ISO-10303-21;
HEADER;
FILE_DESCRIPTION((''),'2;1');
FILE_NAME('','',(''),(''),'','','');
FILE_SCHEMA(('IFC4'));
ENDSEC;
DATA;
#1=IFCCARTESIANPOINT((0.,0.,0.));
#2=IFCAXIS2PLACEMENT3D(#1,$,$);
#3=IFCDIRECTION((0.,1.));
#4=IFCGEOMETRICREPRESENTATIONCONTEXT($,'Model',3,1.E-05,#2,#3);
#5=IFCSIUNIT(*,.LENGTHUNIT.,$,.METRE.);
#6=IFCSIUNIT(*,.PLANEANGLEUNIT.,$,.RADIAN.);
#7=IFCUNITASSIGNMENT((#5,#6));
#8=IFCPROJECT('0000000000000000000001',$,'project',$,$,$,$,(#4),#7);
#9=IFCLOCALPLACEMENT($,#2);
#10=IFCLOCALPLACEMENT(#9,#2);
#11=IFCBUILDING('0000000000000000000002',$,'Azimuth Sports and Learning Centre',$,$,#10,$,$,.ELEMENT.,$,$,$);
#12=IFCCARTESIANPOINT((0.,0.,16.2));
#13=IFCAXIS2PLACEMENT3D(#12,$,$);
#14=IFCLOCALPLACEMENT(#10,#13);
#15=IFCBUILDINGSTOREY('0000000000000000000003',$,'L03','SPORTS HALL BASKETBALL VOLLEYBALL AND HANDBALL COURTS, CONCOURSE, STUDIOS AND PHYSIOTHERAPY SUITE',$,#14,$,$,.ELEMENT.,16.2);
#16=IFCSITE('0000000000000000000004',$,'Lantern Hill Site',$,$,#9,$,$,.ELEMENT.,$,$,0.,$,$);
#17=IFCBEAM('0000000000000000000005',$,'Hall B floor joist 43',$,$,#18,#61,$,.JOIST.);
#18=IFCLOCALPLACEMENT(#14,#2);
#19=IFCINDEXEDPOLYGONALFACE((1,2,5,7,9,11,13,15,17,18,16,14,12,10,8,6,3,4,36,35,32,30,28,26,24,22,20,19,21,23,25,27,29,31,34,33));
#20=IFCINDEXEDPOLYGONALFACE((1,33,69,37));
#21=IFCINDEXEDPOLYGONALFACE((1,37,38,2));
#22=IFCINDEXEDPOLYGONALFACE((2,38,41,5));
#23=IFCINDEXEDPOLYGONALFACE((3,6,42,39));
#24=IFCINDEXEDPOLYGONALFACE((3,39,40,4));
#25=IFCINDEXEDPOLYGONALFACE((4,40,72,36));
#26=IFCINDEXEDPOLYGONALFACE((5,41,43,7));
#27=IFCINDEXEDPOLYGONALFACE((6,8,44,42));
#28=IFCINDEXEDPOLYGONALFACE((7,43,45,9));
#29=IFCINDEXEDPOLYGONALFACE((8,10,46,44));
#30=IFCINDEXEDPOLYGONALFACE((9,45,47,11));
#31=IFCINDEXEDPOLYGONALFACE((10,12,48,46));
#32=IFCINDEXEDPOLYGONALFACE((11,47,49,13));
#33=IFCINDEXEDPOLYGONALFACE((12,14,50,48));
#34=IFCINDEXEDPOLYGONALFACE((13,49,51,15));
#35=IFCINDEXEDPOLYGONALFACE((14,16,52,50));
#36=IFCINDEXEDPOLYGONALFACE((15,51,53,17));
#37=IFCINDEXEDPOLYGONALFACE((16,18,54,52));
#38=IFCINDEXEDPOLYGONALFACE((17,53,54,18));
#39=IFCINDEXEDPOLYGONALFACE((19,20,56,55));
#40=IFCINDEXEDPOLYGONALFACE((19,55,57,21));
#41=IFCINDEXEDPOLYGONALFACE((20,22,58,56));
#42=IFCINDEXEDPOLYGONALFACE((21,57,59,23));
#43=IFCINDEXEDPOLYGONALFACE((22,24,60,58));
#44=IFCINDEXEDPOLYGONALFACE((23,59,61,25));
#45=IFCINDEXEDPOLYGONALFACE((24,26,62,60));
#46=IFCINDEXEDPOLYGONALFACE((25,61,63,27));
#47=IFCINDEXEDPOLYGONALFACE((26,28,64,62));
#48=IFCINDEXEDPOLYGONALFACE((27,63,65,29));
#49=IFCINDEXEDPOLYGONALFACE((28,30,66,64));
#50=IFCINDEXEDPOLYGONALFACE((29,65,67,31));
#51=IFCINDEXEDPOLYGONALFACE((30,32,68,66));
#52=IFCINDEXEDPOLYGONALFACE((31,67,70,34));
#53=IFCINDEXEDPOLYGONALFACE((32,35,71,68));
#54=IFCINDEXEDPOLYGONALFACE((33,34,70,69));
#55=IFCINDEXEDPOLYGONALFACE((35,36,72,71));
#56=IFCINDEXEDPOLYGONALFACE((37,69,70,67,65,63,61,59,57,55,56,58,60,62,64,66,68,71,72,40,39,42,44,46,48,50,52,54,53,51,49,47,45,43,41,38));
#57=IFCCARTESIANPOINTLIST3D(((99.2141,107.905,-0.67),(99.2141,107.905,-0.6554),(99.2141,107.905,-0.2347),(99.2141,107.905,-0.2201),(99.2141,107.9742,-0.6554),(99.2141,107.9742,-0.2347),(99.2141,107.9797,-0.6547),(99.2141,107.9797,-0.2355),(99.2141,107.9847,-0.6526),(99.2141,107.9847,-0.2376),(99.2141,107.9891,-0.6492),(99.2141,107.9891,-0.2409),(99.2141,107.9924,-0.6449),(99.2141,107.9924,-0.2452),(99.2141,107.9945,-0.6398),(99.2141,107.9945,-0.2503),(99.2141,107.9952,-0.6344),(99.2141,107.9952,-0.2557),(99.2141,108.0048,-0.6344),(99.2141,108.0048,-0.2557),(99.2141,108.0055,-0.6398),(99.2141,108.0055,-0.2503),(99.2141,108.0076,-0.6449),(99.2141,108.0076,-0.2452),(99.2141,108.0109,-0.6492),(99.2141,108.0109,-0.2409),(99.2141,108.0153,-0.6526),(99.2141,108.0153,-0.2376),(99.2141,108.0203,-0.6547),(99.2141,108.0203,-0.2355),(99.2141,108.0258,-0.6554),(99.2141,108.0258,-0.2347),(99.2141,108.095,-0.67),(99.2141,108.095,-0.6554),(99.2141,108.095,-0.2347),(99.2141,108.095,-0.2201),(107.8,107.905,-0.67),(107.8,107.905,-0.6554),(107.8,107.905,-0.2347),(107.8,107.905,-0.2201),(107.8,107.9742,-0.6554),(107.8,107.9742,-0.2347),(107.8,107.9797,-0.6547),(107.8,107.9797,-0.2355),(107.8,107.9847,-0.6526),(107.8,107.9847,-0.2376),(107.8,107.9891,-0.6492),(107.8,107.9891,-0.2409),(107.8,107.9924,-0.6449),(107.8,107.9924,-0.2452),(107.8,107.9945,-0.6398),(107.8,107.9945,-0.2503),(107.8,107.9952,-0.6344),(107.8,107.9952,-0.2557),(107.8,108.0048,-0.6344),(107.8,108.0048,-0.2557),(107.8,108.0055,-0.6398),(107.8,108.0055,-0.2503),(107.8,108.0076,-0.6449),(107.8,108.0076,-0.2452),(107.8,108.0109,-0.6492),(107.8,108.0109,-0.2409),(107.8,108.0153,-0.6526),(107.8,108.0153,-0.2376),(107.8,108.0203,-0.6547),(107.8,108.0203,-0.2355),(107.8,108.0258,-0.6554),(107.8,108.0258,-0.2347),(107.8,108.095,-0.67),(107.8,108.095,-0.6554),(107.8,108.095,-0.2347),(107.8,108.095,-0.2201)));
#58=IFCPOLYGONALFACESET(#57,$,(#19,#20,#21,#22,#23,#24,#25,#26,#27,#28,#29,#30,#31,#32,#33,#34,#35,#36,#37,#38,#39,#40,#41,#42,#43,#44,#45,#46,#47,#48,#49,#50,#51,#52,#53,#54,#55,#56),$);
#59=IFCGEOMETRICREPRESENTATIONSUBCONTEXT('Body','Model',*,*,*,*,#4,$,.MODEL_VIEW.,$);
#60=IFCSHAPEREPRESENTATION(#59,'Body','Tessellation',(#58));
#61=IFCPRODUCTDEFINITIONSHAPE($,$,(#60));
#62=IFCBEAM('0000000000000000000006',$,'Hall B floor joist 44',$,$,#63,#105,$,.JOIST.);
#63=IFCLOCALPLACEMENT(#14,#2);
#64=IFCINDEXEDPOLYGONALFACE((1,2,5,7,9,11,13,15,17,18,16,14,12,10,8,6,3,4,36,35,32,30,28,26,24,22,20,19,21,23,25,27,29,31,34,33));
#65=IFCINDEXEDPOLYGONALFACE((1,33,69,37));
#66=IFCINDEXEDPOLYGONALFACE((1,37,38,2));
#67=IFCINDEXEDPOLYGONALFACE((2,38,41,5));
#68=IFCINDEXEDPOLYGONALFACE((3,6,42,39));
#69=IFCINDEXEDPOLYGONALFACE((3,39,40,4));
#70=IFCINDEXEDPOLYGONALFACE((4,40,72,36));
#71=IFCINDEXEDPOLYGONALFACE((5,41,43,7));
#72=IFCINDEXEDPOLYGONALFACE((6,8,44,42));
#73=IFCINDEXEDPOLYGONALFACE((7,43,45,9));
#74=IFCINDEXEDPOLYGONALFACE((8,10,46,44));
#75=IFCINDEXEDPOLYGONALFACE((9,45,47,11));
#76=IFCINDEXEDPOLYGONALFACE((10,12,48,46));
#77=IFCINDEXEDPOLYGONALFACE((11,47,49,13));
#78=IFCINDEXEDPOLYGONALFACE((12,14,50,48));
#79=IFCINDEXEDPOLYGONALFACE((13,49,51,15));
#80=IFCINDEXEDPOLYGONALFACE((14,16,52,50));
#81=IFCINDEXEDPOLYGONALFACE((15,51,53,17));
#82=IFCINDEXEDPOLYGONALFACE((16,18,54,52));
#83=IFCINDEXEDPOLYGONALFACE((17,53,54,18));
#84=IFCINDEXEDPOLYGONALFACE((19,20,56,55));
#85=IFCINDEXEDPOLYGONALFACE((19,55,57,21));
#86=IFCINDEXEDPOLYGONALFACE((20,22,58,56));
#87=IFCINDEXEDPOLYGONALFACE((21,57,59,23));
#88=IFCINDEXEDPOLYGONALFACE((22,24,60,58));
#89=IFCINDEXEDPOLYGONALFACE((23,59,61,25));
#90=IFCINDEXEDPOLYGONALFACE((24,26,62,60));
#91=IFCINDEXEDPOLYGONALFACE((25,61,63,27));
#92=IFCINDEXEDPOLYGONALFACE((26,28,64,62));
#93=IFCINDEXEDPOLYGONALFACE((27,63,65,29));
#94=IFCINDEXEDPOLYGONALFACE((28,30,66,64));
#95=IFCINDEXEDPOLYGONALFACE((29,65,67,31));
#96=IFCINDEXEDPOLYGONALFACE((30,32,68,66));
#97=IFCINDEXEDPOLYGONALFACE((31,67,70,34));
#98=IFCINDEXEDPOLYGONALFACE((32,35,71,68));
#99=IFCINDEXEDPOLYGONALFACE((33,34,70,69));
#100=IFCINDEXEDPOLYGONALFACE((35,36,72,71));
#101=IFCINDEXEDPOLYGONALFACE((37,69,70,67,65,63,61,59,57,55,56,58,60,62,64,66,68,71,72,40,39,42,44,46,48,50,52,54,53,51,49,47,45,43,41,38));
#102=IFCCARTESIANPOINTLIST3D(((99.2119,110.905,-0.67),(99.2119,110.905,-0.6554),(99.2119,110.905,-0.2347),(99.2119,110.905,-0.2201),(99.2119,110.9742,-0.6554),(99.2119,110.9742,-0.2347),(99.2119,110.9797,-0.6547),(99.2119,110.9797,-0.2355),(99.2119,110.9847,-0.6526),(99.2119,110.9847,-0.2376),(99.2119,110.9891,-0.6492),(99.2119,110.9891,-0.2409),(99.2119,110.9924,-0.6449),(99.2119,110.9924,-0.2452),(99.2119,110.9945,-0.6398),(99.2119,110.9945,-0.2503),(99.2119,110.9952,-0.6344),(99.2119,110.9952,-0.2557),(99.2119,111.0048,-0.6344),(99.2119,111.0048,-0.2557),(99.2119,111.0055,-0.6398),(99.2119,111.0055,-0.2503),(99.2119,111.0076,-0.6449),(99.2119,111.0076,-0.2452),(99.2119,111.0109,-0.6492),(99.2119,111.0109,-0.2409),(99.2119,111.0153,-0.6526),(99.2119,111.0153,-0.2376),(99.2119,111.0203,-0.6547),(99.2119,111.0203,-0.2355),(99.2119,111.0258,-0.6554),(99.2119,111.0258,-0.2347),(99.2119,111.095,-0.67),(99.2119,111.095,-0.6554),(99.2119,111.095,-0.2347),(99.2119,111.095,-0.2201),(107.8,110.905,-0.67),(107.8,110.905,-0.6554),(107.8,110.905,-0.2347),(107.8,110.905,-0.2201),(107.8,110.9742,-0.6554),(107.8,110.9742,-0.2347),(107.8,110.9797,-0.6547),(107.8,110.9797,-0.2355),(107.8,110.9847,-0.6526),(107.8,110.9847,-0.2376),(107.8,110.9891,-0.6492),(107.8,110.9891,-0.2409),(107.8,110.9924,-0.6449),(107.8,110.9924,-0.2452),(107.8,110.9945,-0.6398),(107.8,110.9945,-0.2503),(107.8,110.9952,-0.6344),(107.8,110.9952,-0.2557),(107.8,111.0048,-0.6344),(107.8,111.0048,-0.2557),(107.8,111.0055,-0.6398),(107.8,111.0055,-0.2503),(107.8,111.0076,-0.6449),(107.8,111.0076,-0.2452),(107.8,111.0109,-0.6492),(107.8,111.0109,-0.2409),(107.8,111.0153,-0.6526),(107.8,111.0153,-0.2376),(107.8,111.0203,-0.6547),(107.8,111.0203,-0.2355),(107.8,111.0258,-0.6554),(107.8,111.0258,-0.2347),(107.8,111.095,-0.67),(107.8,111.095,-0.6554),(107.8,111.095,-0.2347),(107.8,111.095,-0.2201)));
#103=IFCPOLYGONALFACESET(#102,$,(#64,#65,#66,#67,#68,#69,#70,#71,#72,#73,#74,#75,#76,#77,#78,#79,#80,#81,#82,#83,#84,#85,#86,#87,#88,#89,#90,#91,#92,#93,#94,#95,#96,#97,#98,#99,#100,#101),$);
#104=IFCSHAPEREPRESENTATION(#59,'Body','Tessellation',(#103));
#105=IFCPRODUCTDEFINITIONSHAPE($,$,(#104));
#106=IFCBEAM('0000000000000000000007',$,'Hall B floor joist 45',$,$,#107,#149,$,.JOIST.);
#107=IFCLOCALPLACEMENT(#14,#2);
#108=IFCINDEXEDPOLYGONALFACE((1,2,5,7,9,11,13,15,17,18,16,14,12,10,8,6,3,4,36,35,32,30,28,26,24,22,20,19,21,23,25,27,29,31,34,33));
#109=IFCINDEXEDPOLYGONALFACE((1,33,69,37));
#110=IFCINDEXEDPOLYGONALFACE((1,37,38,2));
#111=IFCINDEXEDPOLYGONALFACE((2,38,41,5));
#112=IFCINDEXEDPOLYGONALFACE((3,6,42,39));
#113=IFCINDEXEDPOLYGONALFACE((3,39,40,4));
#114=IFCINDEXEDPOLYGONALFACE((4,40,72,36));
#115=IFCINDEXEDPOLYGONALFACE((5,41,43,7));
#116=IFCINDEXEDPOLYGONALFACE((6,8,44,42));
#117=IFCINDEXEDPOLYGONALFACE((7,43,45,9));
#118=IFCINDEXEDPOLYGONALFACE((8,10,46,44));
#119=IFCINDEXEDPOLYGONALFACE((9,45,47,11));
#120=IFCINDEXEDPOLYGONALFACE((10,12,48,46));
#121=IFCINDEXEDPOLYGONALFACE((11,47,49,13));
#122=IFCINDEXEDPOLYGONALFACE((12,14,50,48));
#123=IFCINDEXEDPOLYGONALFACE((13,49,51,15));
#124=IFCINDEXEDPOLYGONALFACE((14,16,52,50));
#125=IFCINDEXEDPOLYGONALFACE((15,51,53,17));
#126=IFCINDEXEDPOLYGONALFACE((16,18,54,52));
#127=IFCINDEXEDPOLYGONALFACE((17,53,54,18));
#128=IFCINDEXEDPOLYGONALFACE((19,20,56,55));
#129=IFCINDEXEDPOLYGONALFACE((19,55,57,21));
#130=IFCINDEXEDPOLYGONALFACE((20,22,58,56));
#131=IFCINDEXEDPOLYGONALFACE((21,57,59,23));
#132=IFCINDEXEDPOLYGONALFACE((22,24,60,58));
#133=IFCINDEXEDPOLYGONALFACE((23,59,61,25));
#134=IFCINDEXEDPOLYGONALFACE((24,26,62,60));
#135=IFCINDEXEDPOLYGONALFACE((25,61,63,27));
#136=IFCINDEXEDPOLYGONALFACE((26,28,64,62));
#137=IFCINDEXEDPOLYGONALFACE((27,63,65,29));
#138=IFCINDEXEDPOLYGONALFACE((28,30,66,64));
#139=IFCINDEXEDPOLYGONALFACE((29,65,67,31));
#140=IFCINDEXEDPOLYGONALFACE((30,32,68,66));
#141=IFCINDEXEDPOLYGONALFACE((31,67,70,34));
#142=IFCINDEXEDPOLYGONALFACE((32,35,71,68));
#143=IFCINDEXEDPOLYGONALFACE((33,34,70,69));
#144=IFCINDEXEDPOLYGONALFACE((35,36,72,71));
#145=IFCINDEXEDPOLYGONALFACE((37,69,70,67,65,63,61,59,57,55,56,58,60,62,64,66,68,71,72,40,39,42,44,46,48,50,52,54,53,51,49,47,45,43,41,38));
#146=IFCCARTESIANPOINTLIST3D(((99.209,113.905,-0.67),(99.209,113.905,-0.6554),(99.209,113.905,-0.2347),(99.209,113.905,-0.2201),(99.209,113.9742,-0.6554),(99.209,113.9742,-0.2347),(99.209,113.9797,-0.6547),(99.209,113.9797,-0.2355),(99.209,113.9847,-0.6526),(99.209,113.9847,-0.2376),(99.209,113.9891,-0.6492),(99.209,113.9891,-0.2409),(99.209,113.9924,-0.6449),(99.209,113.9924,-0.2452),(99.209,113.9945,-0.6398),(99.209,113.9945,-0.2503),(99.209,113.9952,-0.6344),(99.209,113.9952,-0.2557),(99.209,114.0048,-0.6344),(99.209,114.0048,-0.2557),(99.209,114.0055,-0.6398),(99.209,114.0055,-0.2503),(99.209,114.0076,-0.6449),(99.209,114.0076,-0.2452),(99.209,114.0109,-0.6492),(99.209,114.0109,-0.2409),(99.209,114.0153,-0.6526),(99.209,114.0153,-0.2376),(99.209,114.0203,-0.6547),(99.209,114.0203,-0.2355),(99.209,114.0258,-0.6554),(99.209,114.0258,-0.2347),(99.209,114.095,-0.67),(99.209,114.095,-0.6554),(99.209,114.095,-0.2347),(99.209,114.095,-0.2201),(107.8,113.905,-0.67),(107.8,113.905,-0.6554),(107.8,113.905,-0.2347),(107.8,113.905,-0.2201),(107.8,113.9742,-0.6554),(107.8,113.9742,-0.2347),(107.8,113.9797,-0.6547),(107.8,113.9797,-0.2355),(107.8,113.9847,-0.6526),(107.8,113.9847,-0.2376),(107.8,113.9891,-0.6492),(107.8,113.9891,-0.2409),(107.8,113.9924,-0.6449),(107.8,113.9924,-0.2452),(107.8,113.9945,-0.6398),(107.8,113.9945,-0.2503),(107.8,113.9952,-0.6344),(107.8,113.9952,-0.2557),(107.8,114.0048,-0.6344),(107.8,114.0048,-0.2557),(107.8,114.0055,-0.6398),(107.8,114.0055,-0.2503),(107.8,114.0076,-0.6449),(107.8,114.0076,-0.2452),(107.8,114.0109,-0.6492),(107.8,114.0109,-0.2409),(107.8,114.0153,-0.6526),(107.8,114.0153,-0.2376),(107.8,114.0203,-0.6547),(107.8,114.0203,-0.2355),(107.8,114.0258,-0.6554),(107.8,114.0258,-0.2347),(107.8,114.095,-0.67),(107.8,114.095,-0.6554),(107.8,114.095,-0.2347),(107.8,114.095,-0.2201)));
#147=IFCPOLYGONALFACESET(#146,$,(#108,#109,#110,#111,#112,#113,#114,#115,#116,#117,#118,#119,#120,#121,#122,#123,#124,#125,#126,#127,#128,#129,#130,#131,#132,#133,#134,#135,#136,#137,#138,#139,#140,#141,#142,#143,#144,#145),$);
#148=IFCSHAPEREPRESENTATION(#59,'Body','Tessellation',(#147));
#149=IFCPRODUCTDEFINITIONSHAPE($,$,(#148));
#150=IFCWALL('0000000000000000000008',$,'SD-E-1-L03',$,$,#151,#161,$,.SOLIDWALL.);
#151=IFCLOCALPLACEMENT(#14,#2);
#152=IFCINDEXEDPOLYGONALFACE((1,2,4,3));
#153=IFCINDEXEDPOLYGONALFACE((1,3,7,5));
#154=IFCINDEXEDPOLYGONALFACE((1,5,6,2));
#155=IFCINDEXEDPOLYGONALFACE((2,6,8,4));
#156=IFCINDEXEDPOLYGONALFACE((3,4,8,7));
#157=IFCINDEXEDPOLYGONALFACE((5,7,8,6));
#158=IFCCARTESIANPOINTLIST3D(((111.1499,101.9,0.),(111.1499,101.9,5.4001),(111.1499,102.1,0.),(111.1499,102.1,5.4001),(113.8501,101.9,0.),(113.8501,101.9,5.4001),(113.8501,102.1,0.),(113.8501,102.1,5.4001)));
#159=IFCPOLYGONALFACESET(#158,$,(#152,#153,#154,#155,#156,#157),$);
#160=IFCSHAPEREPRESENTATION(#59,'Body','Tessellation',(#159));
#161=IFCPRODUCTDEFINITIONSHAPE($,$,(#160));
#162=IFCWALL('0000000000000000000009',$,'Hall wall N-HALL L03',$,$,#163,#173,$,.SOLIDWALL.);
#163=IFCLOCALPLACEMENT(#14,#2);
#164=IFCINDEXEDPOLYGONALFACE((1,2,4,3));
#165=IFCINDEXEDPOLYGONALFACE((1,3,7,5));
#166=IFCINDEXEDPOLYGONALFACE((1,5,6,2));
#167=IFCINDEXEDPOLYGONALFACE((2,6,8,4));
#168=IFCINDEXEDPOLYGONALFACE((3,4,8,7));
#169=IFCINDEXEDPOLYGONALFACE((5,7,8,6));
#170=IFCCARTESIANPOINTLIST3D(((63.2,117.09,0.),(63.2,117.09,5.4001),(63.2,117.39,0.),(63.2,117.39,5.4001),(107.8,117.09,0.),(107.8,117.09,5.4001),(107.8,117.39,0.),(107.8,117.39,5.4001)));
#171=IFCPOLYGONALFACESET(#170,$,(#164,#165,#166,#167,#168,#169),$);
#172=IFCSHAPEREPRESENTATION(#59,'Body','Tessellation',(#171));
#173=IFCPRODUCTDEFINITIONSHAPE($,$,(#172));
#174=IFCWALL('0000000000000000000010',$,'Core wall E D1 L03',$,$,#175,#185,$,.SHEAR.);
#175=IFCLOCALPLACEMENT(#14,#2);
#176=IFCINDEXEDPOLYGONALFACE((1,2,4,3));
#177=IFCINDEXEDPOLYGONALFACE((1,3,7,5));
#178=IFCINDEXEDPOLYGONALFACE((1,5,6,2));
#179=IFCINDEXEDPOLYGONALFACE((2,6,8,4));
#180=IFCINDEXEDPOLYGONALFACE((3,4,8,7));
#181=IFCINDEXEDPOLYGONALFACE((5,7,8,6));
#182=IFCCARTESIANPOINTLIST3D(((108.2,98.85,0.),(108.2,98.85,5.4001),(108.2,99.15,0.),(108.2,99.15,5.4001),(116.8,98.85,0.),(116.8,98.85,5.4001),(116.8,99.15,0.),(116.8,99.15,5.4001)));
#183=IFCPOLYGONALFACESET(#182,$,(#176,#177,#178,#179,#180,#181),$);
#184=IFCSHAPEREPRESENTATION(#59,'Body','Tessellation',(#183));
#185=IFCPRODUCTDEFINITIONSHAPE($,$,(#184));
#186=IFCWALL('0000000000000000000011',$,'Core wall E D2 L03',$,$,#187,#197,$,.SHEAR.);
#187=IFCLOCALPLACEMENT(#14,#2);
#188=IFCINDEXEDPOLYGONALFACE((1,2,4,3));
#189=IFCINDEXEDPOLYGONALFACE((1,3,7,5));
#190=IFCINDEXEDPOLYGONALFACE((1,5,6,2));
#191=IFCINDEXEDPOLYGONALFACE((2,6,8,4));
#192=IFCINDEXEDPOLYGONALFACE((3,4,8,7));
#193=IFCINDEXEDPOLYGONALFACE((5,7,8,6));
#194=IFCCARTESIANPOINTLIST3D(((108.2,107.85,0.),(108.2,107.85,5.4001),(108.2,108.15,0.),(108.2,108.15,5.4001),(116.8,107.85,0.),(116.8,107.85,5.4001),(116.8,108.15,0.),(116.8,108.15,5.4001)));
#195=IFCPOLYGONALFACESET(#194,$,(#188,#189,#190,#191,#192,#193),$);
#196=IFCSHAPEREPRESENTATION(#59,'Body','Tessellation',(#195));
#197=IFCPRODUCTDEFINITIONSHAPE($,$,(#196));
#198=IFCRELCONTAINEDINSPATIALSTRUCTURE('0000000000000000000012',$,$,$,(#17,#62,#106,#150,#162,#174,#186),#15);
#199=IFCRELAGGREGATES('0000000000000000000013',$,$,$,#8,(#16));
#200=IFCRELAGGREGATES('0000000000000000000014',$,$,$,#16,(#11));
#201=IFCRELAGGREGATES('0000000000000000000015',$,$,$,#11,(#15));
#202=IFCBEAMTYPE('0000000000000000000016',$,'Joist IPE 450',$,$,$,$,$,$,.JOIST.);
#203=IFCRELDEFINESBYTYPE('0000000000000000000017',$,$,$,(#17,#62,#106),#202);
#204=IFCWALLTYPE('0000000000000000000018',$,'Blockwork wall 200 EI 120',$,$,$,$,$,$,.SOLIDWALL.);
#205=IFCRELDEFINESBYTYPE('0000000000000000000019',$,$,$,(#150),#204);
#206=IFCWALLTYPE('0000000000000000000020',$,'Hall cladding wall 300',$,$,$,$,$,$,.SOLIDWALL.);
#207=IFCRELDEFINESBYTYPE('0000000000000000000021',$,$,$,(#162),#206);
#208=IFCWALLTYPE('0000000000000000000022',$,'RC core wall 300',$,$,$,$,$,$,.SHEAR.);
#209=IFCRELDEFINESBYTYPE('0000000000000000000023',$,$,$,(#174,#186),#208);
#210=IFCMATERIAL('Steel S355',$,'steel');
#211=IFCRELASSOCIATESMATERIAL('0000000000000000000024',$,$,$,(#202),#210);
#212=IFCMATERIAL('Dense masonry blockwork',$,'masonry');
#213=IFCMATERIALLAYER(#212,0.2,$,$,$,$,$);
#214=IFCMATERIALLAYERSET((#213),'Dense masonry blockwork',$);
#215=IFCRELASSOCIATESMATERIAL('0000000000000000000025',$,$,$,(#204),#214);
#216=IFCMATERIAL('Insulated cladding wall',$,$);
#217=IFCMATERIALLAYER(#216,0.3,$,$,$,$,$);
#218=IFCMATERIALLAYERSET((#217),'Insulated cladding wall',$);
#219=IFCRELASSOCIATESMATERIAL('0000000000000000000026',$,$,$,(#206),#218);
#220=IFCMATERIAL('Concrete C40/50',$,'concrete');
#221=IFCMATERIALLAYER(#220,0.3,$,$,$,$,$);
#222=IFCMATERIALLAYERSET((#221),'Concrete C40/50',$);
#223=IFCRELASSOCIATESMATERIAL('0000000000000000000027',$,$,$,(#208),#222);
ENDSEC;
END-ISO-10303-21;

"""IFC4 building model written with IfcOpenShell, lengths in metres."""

from ifc_helpers import new_model, si_unit, direction, frame, frame_2d, origin, origin_2d, place, context, subcontext, project, spatial, rectangle, i_section, extrude, material, layer, layer_set, material_profile, profile_set, type_object, element, save


model = new_model("IFC4")

# Units and contexts
model_context = context("Model", 3, precision=1e-05, world=origin(), true_north=direction((0.0, 1.0)))
body_context = subcontext(model_context, "Body", "Model", "MODEL_VIEW")
ifc_project = project(units=[si_unit("LENGTHUNIT", "METRE"), si_unit("PLANEANGLEUNIT", "RADIAN")], contexts=[model_context])

# Site, building, storey
site_placement = place(None, origin())
site = spatial("IfcSite", under=ifc_project, at=site_placement, Name="Lantern Hill Site", CompositionType="ELEMENT", RefElevation=0.0)
building_placement = place(site_placement, origin())
building = spatial("IfcBuilding", under=site, at=building_placement, Name="Azimuth Sports and Learning Centre", CompositionType="ELEMENT")
storey_placement = place(building_placement, frame((0.0, 0.0, 16.2)))
storey = spatial("IfcBuildingStorey", under=building, at=storey_placement, Name="L03", Description="SPORTS HALL BASKETBALL VOLLEYBALL AND HANDBALL COURTS, CONCOURSE, STUDIOS AND PHYSIOTHERAPY SUITE", CompositionType="ELEMENT", Elevation=16.2)

# Beams
ifc_material_1 = material(Name="Steel S355", Category="steel")
ifc_material_profile_1 = material_profile(ifc_material_1, i_section(OverallWidth=0.1899, OverallDepth=0.45, WebThickness=0.0095, FlangeThickness=0.0146, FilletRadius=0.021, at=origin_2d()), Name="IPE 450")
ifc_profile_set_1 = profile_set([ifc_material_profile_1], Name="Steel S355")
beam_type_1 = type_object("IfcBeamType", Name="Joist IPE 450", PredefinedType="JOIST", material=ifc_profile_set_1)
for number, where, z_axis, x_axis, name in (
    (1, (99.2141, 108.0, -0.4451), (1.0, 0.0, 0.0), (0.0, 1.0, 0.0), "Hall B floor joist 43"),
):
    element("IfcBeam", number, at=place(storey_placement, frame(where, z_axis=z_axis, x_axis=x_axis)), inside=storey, type_object=beam_type_1, Name=name, PredefinedType="JOIST", context=body_context, shape_type="SweptSolid", body=[
        extrude(i_section(OverallWidth=0.1899, OverallDepth=0.45, WebThickness=0.0095, FlangeThickness=0.0146, FilletRadius=0.021, at=origin_2d()), origin(), (0.0, 0.0, 1.0), 8.5859),
    ])
beam_1_placement = place(storey_placement, frame((99.2119, 111.0, -0.4451), z_axis=(1.0, 0.0, 0.0), x_axis=(0.0, 1.0, 0.0)))
element("IfcBeam", 2, at=beam_1_placement, inside=storey, type_object=beam_type_1, Name="Hall B floor joist 44", PredefinedType="JOIST", context=body_context, shape_type="SweptSolid", body=[
    extrude(i_section(OverallWidth=0.1899, OverallDepth=0.45, WebThickness=0.0095, FlangeThickness=0.0146, FilletRadius=0.021, at=origin_2d()), origin(), (0.0, 0.0, 1.0), 8.5881),
])
beam_2_placement = place(storey_placement, frame((99.209, 114.0, -0.4451), z_axis=(1.0, 0.0, 0.0), x_axis=(0.0, 1.0, 0.0)))
element("IfcBeam", 3, at=beam_2_placement, inside=storey, type_object=beam_type_1, Name="Hall B floor joist 45", PredefinedType="JOIST", context=body_context, shape_type="SweptSolid", body=[
    extrude(i_section(OverallWidth=0.1899, OverallDepth=0.45, WebThickness=0.0095, FlangeThickness=0.0146, FilletRadius=0.021, at=origin_2d()), origin(), (0.0, 0.0, 1.0), 8.5911),
])

# Walls
ifc_material_2 = material(Name="Dense masonry blockwork", Category="masonry")
ifc_layer_1 = layer(ifc_material_2, 0.2)
ifc_layer_set_1 = layer_set([ifc_layer_1], Name="Dense masonry blockwork")
wall_type_1 = type_object("IfcWallType", Name="Blockwork wall 200 EI 120", PredefinedType="SOLIDWALL", material=ifc_layer_set_1)
wall_1_placement = place(storey_placement, frame((111.1499, 102.0, 0.0), z_axis=(0.0, 0.0, 1.0), x_axis=(1.0, 0.0, 0.0)))
element("IfcWall", 4, at=wall_1_placement, inside=storey, type_object=wall_type_1, Name="SD-E-1-L03", PredefinedType="SOLIDWALL", context=body_context, shape_type="SweptSolid", body=[
    extrude(rectangle(XDim=2.7002, YDim=0.2, at=frame_2d((1.3501, 0.0))), origin(), (0.0, 0.0, 1.0), 5.4001),
])
ifc_material_3 = material(Name="Insulated cladding wall")
ifc_layer_2 = layer(ifc_material_3, 0.3)
ifc_layer_set_2 = layer_set([ifc_layer_2], Name="Insulated cladding wall")
wall_type_2 = type_object("IfcWallType", Name="Hall cladding wall 300", PredefinedType="SOLIDWALL", material=ifc_layer_set_2)
wall_2_placement = place(storey_placement, frame((107.8, 117.24, 0.0), z_axis=(0.0, 0.0, 1.0), x_axis=(-1.0, 0.0, 0.0)))
element("IfcWall", 5, at=wall_2_placement, inside=storey, type_object=wall_type_2, Name="Hall wall N-HALL L03", PredefinedType="SOLIDWALL", context=body_context, shape_type="SweptSolid", body=[
    extrude(rectangle(XDim=44.6001, YDim=0.3, at=frame_2d((22.3, 0.0))), origin(), (0.0, 0.0, 1.0), 5.4001),
])
ifc_material_4 = material(Name="Concrete C40/50", Category="concrete")
ifc_layer_3 = layer(ifc_material_4, 0.3)
ifc_layer_set_3 = layer_set([ifc_layer_3], Name="Concrete C40/50")
wall_type_3 = type_object("IfcWallType", Name="RC core wall 300", PredefinedType="SHEAR", material=ifc_layer_set_3)
for number, where, z_axis, x_axis, name in (
    (6, (108.2, 99.0, 0.0), (0.0, 0.0, 1.0), (1.0, 0.0, 0.0), "Core wall E D1 L03"),
    (7, (108.2, 108.0, 0.0), (0.0, 0.0, 1.0), (1.0, 0.0, 0.0), "Core wall E D2 L03"),
):
    element("IfcWall", number, at=place(storey_placement, frame(where, z_axis=z_axis, x_axis=x_axis)), inside=storey, type_object=wall_type_3, Name=name, PredefinedType="SHEAR", context=body_context, shape_type="SweptSolid", body=[
        extrude(rectangle(XDim=8.6001, YDim=0.3, at=frame_2d((4.3, 0.0))), origin(), (0.0, 0.0, 1.0), 5.4001),
    ])

save(model, "model.ifc")
